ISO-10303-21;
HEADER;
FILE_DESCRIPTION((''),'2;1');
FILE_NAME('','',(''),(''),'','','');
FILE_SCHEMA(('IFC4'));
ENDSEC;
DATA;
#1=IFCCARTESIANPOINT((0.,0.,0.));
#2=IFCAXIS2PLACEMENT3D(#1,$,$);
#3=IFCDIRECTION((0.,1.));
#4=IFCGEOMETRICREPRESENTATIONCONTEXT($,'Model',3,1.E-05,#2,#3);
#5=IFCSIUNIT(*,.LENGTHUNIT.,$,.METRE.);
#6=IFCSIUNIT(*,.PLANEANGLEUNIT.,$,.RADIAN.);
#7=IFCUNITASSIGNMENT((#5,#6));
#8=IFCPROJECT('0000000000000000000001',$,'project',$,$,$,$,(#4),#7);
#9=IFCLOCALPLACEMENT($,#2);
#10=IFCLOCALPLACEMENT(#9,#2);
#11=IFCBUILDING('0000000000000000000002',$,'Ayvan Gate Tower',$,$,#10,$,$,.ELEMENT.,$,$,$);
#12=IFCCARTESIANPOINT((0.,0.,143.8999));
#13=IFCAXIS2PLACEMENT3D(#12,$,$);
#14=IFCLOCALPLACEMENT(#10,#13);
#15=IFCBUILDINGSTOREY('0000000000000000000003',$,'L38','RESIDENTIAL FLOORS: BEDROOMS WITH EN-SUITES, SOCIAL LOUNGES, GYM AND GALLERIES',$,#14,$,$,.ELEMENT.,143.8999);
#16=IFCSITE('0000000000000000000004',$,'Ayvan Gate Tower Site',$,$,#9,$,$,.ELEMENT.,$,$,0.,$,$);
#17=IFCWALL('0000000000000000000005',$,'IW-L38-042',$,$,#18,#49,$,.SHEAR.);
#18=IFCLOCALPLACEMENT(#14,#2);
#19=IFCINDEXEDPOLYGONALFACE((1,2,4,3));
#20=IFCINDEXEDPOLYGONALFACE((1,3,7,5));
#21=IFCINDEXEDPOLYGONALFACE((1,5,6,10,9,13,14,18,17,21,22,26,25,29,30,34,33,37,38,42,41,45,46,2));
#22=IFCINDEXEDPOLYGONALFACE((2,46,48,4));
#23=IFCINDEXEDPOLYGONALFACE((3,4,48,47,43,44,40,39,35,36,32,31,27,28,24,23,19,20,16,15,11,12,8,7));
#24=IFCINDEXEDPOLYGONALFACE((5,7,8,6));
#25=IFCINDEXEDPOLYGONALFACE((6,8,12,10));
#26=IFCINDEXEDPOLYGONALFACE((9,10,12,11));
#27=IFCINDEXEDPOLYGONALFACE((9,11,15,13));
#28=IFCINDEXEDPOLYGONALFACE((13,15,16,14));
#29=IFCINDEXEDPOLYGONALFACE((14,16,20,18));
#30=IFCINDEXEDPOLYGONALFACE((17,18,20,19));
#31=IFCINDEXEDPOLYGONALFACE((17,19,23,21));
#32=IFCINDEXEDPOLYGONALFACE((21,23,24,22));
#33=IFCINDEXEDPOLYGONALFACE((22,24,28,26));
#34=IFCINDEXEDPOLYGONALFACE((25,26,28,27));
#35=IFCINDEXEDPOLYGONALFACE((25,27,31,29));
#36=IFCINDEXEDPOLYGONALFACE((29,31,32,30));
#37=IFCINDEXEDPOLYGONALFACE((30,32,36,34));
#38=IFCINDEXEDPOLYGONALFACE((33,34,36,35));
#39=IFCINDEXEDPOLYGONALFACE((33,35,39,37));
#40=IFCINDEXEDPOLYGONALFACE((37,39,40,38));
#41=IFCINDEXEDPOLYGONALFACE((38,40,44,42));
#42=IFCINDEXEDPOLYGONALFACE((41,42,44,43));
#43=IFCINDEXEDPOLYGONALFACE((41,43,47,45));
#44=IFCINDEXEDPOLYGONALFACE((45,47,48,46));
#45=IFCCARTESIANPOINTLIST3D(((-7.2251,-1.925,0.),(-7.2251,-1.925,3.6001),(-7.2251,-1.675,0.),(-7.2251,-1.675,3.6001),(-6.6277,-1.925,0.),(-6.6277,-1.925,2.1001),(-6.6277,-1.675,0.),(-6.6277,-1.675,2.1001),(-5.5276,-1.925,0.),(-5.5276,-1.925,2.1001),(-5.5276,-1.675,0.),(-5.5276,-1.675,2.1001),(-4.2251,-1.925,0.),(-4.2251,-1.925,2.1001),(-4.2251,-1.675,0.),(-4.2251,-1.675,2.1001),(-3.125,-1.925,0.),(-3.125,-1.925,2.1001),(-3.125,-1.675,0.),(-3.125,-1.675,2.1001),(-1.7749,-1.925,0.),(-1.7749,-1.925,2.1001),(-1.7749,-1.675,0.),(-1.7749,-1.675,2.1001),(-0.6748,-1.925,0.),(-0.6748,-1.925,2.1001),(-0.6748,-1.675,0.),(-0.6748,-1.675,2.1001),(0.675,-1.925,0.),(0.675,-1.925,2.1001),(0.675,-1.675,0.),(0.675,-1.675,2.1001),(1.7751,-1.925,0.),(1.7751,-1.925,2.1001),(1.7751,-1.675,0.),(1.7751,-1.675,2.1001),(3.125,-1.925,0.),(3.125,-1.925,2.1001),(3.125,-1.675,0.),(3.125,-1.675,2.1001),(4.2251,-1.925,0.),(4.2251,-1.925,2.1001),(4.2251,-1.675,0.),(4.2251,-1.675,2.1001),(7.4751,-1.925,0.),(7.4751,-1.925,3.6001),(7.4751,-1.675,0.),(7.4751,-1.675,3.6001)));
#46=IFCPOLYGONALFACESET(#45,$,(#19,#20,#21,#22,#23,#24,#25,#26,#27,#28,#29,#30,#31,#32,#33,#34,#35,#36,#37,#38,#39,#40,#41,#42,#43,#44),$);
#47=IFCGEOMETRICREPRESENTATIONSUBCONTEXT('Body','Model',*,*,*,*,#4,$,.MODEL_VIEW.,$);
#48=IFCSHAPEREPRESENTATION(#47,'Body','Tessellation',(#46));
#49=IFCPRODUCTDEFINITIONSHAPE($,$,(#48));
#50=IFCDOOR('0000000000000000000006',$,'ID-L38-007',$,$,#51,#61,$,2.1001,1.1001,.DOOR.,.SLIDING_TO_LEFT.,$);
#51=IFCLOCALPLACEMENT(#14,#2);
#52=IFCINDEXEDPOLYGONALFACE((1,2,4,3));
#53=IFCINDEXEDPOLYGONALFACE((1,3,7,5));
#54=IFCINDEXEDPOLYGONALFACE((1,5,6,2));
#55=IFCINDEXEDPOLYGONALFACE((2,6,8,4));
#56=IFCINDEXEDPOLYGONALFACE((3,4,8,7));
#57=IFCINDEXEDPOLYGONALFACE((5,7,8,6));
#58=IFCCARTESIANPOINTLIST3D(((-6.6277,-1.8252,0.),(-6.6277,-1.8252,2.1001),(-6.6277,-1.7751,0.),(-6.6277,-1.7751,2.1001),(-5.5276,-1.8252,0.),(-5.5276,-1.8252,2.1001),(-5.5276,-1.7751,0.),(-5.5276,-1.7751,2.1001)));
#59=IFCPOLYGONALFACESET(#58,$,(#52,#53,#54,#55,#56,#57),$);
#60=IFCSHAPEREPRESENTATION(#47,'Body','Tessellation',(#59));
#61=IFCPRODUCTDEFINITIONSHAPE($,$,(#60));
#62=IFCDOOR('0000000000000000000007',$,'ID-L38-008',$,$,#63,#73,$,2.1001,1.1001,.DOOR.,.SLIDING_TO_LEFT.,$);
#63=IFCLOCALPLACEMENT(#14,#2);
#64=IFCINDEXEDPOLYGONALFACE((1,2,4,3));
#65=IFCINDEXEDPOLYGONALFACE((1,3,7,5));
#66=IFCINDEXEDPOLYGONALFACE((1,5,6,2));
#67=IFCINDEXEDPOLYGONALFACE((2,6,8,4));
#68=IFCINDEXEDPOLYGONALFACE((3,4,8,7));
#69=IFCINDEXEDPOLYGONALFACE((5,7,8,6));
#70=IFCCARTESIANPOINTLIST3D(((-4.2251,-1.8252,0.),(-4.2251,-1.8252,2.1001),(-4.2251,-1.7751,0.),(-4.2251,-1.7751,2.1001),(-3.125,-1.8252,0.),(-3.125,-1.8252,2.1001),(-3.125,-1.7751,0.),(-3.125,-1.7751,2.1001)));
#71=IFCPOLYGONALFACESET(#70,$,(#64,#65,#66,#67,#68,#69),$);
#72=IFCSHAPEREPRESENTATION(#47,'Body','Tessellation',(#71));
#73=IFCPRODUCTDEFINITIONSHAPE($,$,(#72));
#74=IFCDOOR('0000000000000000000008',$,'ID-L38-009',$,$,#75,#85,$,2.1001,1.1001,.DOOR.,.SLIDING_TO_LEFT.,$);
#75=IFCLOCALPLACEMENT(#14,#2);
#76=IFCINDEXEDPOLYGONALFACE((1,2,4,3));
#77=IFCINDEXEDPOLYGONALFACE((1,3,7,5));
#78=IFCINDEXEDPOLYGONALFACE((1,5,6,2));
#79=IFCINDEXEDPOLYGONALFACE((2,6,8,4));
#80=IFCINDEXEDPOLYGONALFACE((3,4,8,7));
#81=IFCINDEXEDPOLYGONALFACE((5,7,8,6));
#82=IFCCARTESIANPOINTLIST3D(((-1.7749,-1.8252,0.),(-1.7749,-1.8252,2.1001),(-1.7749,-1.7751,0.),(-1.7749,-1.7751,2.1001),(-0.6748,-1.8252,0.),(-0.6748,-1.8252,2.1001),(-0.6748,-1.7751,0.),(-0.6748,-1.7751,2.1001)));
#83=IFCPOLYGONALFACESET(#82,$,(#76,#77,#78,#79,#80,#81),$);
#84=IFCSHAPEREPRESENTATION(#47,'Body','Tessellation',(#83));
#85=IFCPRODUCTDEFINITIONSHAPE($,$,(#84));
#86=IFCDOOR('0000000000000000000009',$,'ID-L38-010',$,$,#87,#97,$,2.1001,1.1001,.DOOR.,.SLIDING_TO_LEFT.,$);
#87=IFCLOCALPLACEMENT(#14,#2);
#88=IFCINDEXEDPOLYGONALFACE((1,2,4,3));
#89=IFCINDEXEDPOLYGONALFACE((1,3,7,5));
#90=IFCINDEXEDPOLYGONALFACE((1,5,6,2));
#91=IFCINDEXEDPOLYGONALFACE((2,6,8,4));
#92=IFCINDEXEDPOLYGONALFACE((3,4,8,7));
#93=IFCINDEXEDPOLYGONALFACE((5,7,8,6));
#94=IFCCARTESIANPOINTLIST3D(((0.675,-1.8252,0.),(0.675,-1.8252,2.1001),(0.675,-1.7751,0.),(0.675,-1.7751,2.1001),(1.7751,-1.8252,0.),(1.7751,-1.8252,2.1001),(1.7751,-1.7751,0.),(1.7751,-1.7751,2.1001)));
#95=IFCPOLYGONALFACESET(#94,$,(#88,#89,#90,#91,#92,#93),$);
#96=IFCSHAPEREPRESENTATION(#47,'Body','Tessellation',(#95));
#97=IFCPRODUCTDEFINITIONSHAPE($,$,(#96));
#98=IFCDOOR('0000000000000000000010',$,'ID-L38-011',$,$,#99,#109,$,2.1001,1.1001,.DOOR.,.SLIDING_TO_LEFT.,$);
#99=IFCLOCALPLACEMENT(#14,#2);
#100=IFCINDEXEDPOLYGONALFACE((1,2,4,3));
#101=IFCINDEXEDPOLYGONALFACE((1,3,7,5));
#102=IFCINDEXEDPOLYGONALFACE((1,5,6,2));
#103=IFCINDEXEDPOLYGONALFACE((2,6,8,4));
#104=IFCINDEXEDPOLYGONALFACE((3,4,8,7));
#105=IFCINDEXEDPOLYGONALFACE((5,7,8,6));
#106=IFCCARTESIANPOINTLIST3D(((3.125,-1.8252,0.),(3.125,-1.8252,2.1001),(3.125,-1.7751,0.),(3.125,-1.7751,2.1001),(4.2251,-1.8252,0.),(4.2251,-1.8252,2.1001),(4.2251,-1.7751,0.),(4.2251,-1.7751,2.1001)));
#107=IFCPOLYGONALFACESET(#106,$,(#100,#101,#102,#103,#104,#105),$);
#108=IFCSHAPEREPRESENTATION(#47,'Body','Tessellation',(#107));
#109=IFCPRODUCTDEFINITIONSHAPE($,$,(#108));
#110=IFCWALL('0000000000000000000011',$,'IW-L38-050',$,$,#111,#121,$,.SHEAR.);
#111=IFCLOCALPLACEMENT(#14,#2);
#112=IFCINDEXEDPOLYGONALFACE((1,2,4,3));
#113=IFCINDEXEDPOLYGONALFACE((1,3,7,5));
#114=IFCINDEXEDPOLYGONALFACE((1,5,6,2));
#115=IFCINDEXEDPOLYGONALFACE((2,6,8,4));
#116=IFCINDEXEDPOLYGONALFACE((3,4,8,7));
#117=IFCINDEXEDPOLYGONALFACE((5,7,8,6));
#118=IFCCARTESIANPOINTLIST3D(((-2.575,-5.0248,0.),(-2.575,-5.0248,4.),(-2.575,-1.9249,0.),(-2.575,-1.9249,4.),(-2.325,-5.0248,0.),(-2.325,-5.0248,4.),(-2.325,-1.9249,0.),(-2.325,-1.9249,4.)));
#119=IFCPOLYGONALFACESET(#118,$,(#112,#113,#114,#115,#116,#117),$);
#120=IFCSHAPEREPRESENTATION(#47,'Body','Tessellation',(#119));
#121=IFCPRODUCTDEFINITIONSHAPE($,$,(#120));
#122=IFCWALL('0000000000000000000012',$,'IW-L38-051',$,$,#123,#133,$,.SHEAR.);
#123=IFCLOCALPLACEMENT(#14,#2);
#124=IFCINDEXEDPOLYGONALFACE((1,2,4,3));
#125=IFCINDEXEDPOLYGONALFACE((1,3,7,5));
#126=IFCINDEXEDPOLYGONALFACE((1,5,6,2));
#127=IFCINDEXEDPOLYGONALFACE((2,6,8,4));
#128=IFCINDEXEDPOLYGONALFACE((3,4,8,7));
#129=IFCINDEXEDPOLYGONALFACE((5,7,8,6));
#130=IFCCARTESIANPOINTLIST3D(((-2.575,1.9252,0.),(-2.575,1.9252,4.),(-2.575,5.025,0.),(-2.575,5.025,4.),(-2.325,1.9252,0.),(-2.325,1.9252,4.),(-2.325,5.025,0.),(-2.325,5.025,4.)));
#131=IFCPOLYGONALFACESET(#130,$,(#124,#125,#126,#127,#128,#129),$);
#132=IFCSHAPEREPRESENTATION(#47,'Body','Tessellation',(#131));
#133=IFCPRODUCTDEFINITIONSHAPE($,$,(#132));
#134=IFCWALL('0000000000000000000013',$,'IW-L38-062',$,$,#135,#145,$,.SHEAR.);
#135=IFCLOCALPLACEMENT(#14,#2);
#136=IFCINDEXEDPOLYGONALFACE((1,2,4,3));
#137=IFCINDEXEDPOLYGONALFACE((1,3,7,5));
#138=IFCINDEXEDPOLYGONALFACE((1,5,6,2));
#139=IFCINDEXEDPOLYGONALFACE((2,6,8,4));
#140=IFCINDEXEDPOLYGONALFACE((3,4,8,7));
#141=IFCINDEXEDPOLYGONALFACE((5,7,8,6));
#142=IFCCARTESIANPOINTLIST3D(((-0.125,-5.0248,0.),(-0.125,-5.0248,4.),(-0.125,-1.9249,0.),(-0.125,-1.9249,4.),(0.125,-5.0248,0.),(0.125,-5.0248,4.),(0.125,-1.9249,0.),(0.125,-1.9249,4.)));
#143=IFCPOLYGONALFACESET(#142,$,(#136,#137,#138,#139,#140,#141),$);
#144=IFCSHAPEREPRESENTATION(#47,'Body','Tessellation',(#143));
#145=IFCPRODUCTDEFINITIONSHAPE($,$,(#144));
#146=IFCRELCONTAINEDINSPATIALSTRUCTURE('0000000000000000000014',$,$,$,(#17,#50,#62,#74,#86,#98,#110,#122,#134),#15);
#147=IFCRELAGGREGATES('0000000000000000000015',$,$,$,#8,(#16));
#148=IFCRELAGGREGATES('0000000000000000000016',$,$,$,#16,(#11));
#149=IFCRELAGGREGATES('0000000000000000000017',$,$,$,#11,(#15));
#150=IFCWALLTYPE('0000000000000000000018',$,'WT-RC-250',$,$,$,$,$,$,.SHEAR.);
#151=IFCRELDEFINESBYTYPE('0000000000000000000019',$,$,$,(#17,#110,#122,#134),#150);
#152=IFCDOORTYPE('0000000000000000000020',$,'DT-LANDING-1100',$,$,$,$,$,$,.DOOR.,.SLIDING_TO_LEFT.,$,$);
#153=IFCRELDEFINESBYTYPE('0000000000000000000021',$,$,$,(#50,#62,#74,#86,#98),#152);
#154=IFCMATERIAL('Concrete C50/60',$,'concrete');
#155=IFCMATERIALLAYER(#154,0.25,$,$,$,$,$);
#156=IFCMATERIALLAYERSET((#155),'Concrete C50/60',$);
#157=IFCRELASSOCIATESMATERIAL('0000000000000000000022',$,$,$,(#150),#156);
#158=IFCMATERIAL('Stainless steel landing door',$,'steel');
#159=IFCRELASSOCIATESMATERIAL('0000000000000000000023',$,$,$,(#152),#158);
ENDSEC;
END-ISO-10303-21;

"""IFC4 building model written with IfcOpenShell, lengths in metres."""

from ifc_helpers import new_model, si_unit, direction, frame, frame_2d, origin, place, context, subcontext, project, spatial, rectangle, extrude, material, layer, layer_set, type_object, element, fill, save


model = new_model("IFC4")

# Units and contexts
model_context = context("Model", 3, precision=1e-05, world=origin(), true_north=direction((0.0, 1.0)))
body_context = subcontext(model_context, "Body", "Model", "MODEL_VIEW")
ifc_project = project(units=[si_unit("LENGTHUNIT", "METRE"), si_unit("PLANEANGLEUNIT", "RADIAN")], contexts=[model_context])

# Site, building, storey
site_placement = place(None, origin())
site = spatial("IfcSite", under=ifc_project, at=site_placement, Name="Ayvan Gate Tower Site", CompositionType="ELEMENT", RefElevation=0.0)
building_placement = place(site_placement, origin())
building = spatial("IfcBuilding", under=site, at=building_placement, Name="Ayvan Gate Tower", CompositionType="ELEMENT")
storey_placement = place(building_placement, frame((0.0, 0.0, 143.8999)))
storey = spatial("IfcBuildingStorey", under=building, at=storey_placement, Name="L38", Description="RESIDENTIAL FLOORS: BEDROOMS WITH EN-SUITES, SOCIAL LOUNGES, GYM AND GALLERIES", CompositionType="ELEMENT", Elevation=143.8999)

# Shared definitions
ifc_material_1 = material(Name="Concrete C50/60", Category="concrete")
ifc_layer_1 = layer(ifc_material_1, 0.25)
ifc_layer_set_1 = layer_set([ifc_layer_1], Name="Concrete C50/60")
wall_type = type_object("IfcWallType", Name="WT-RC-250", PredefinedType="SHEAR", material=ifc_layer_set_1)

# Wall, openings, doors
wall_1_placement = place(storey_placement, frame((-7.2251, -1.8, 0.0), z_axis=(0.0, 0.0, 1.0), x_axis=(1.0, 0.0, 0.0)))
wall_1 = element("IfcWall", 1, at=wall_1_placement, inside=storey, type_object=wall_type, Name="IW-L38-042", PredefinedType="SHEAR", context=body_context, shape_type="SweptSolid", body=[
    extrude(rectangle(XDim=14.7002, YDim=0.25, at=frame_2d((7.3501, 0.0))), origin(), (0.0, 0.0, 1.0), 3.6001),
])
opening_1_placement = place(wall_1_placement, frame((0.5974, 0.0, 0.0)))
opening_1 = element("IfcOpeningElement", 2, at=opening_1_placement, cuts=wall_1, PredefinedType="OPENING", context=body_context, shape_type="SweptSolid", body=[
    extrude(rectangle(XDim=1.1001, YDim=2.1001, at=frame_2d((0.55, 1.05))), frame((0.0, 0.135, 0.0), z_axis=(0.0, -1.0, 0.0), x_axis=(1.0, 0.0, 0.0)), (0.0, 0.0, 1.0), 0.27),
])
opening_2_placement = place(wall_1_placement, frame((3.0, 0.0, 0.0)))
opening_2 = element("IfcOpeningElement", 3, at=opening_2_placement, cuts=wall_1, PredefinedType="OPENING", context=body_context, shape_type="SweptSolid", body=[
    extrude(rectangle(XDim=1.1001, YDim=2.1001, at=frame_2d((0.55, 1.05))), frame((0.0, 0.135, 0.0), z_axis=(0.0, -1.0, 0.0), x_axis=(1.0, 0.0, 0.0)), (0.0, 0.0, 1.0), 0.27),
])
opening_3_placement = place(wall_1_placement, frame((5.4502, 0.0, 0.0)))
opening_3 = element("IfcOpeningElement", 4, at=opening_3_placement, cuts=wall_1, PredefinedType="OPENING", context=body_context, shape_type="SweptSolid", body=[
    extrude(rectangle(XDim=1.1001, YDim=2.1001, at=frame_2d((0.55, 1.05))), frame((0.0, 0.135, 0.0), z_axis=(0.0, -1.0, 0.0), x_axis=(1.0, 0.0, 0.0)), (0.0, 0.0, 1.0), 0.27),
])
opening_4_placement = place(wall_1_placement, frame((7.9001, 0.0, 0.0)))
opening_4 = element("IfcOpeningElement", 5, at=opening_4_placement, cuts=wall_1, PredefinedType="OPENING", context=body_context, shape_type="SweptSolid", body=[
    extrude(rectangle(XDim=1.1001, YDim=2.1001, at=frame_2d((0.55, 1.05))), frame((0.0, 0.135, 0.0), z_axis=(0.0, -1.0, 0.0), x_axis=(1.0, 0.0, 0.0)), (0.0, 0.0, 1.0), 0.27),
])
opening_5_placement = place(wall_1_placement, frame((10.3501, 0.0, 0.0)))
opening_5 = element("IfcOpeningElement", 6, at=opening_5_placement, cuts=wall_1, PredefinedType="OPENING", context=body_context, shape_type="SweptSolid", body=[
    extrude(rectangle(XDim=1.1001, YDim=2.1001, at=frame_2d((0.55, 1.05))), frame((0.0, 0.135, 0.0), z_axis=(0.0, -1.0, 0.0), x_axis=(1.0, 0.0, 0.0)), (0.0, 0.0, 1.0), 0.27),
])
ifc_material_2 = material(Name="Stainless steel landing door", Category="steel")
door_type = type_object("IfcDoorType", Name="DT-LANDING-1100", OperationType="SLIDING_TO_LEFT", PredefinedType="DOOR", material=ifc_material_2)
door_1_placement = place(opening_1_placement, origin())
door_1 = element("IfcDoor", 7, at=door_1_placement, inside=storey, type_object=door_type, Name="ID-L38-007", OperationType="SLIDING_TO_LEFT", OverallHeight=2.1001, OverallWidth=1.1001, PredefinedType="DOOR", context=body_context, shape_type="SweptSolid", body=[
    extrude(rectangle(XDim=1.1001, YDim=2.1001, at=frame_2d((0.55, 1.05))), frame((0.0, 0.0249, 0.0), z_axis=(0.0, -1.0, 0.0), x_axis=(1.0, 0.0, 0.0)), (0.0, 0.0, 1.0), 0.05),
])
fill(opening_1, door_1)
door_2_placement = place(opening_2_placement, origin())
door_2 = element("IfcDoor", 8, at=door_2_placement, inside=storey, type_object=door_type, Name="ID-L38-008", OperationType="SLIDING_TO_LEFT", OverallHeight=2.1001, OverallWidth=1.1001, PredefinedType="DOOR", context=body_context, shape_type="SweptSolid", body=[
    extrude(rectangle(XDim=1.1001, YDim=2.1001, at=frame_2d((0.55, 1.05))), frame((0.0, 0.0249, 0.0), z_axis=(0.0, -1.0, 0.0), x_axis=(1.0, 0.0, 0.0)), (0.0, 0.0, 1.0), 0.05),
])
fill(opening_2, door_2)
door_3_placement = place(opening_3_placement, origin())
door_3 = element("IfcDoor", 9, at=door_3_placement, inside=storey, type_object=door_type, Name="ID-L38-009", OperationType="SLIDING_TO_LEFT", OverallHeight=2.1001, OverallWidth=1.1001, PredefinedType="DOOR", context=body_context, shape_type="SweptSolid", body=[
    extrude(rectangle(XDim=1.1001, YDim=2.1001, at=frame_2d((0.55, 1.05))), frame((0.0, 0.0249, 0.0), z_axis=(0.0, -1.0, 0.0), x_axis=(1.0, 0.0, 0.0)), (0.0, 0.0, 1.0), 0.05),
])
fill(opening_3, door_3)
door_4_placement = place(opening_4_placement, origin())
door_4 = element("IfcDoor", 10, at=door_4_placement, inside=storey, type_object=door_type, Name="ID-L38-010", OperationType="SLIDING_TO_LEFT", OverallHeight=2.1001, OverallWidth=1.1001, PredefinedType="DOOR", context=body_context, shape_type="SweptSolid", body=[
    extrude(rectangle(XDim=1.1001, YDim=2.1001, at=frame_2d((0.55, 1.05))), frame((0.0, 0.0249, 0.0), z_axis=(0.0, -1.0, 0.0), x_axis=(1.0, 0.0, 0.0)), (0.0, 0.0, 1.0), 0.05),
])
fill(opening_4, door_4)
door_5_placement = place(opening_5_placement, origin())
door_5 = element("IfcDoor", 11, at=door_5_placement, inside=storey, type_object=door_type, Name="ID-L38-011", OperationType="SLIDING_TO_LEFT", OverallHeight=2.1001, OverallWidth=1.1001, PredefinedType="DOOR", context=body_context, shape_type="SweptSolid", body=[
    extrude(rectangle(XDim=1.1001, YDim=2.1001, at=frame_2d((0.55, 1.05))), frame((0.0, 0.0249, 0.0), z_axis=(0.0, -1.0, 0.0), x_axis=(1.0, 0.0, 0.0)), (0.0, 0.0, 1.0), 0.05),
])
fill(opening_5, door_5)

# Walls
for number, where, z_axis, x_axis, name in (
    (12, (-2.45, -1.925, 0.0), (0.0, 0.0, 1.0), (0.0, -1.0, 0.0), "IW-L38-050"),
    (13, (-2.45, 5.0249, 0.0), (0.0, 0.0, 1.0), (0.0, -1.0, 0.0), "IW-L38-051"),
    (14, (0.0, -1.925, 0.0), (0.0, 0.0, 1.0), (0.0, -1.0, 0.0), "IW-L38-062"),
):
    element("IfcWall", number, at=place(storey_placement, frame(where, z_axis=z_axis, x_axis=x_axis)), inside=storey, type_object=wall_type, Name=name, PredefinedType="SHEAR", context=body_context, shape_type="SweptSolid", body=[
        extrude(rectangle(XDim=3.0999, YDim=0.25, at=frame_2d((1.5498, 0.0))), origin(), (0.0, 0.0, 1.0), 4.0),
    ])

save(model, "model.ifc")
